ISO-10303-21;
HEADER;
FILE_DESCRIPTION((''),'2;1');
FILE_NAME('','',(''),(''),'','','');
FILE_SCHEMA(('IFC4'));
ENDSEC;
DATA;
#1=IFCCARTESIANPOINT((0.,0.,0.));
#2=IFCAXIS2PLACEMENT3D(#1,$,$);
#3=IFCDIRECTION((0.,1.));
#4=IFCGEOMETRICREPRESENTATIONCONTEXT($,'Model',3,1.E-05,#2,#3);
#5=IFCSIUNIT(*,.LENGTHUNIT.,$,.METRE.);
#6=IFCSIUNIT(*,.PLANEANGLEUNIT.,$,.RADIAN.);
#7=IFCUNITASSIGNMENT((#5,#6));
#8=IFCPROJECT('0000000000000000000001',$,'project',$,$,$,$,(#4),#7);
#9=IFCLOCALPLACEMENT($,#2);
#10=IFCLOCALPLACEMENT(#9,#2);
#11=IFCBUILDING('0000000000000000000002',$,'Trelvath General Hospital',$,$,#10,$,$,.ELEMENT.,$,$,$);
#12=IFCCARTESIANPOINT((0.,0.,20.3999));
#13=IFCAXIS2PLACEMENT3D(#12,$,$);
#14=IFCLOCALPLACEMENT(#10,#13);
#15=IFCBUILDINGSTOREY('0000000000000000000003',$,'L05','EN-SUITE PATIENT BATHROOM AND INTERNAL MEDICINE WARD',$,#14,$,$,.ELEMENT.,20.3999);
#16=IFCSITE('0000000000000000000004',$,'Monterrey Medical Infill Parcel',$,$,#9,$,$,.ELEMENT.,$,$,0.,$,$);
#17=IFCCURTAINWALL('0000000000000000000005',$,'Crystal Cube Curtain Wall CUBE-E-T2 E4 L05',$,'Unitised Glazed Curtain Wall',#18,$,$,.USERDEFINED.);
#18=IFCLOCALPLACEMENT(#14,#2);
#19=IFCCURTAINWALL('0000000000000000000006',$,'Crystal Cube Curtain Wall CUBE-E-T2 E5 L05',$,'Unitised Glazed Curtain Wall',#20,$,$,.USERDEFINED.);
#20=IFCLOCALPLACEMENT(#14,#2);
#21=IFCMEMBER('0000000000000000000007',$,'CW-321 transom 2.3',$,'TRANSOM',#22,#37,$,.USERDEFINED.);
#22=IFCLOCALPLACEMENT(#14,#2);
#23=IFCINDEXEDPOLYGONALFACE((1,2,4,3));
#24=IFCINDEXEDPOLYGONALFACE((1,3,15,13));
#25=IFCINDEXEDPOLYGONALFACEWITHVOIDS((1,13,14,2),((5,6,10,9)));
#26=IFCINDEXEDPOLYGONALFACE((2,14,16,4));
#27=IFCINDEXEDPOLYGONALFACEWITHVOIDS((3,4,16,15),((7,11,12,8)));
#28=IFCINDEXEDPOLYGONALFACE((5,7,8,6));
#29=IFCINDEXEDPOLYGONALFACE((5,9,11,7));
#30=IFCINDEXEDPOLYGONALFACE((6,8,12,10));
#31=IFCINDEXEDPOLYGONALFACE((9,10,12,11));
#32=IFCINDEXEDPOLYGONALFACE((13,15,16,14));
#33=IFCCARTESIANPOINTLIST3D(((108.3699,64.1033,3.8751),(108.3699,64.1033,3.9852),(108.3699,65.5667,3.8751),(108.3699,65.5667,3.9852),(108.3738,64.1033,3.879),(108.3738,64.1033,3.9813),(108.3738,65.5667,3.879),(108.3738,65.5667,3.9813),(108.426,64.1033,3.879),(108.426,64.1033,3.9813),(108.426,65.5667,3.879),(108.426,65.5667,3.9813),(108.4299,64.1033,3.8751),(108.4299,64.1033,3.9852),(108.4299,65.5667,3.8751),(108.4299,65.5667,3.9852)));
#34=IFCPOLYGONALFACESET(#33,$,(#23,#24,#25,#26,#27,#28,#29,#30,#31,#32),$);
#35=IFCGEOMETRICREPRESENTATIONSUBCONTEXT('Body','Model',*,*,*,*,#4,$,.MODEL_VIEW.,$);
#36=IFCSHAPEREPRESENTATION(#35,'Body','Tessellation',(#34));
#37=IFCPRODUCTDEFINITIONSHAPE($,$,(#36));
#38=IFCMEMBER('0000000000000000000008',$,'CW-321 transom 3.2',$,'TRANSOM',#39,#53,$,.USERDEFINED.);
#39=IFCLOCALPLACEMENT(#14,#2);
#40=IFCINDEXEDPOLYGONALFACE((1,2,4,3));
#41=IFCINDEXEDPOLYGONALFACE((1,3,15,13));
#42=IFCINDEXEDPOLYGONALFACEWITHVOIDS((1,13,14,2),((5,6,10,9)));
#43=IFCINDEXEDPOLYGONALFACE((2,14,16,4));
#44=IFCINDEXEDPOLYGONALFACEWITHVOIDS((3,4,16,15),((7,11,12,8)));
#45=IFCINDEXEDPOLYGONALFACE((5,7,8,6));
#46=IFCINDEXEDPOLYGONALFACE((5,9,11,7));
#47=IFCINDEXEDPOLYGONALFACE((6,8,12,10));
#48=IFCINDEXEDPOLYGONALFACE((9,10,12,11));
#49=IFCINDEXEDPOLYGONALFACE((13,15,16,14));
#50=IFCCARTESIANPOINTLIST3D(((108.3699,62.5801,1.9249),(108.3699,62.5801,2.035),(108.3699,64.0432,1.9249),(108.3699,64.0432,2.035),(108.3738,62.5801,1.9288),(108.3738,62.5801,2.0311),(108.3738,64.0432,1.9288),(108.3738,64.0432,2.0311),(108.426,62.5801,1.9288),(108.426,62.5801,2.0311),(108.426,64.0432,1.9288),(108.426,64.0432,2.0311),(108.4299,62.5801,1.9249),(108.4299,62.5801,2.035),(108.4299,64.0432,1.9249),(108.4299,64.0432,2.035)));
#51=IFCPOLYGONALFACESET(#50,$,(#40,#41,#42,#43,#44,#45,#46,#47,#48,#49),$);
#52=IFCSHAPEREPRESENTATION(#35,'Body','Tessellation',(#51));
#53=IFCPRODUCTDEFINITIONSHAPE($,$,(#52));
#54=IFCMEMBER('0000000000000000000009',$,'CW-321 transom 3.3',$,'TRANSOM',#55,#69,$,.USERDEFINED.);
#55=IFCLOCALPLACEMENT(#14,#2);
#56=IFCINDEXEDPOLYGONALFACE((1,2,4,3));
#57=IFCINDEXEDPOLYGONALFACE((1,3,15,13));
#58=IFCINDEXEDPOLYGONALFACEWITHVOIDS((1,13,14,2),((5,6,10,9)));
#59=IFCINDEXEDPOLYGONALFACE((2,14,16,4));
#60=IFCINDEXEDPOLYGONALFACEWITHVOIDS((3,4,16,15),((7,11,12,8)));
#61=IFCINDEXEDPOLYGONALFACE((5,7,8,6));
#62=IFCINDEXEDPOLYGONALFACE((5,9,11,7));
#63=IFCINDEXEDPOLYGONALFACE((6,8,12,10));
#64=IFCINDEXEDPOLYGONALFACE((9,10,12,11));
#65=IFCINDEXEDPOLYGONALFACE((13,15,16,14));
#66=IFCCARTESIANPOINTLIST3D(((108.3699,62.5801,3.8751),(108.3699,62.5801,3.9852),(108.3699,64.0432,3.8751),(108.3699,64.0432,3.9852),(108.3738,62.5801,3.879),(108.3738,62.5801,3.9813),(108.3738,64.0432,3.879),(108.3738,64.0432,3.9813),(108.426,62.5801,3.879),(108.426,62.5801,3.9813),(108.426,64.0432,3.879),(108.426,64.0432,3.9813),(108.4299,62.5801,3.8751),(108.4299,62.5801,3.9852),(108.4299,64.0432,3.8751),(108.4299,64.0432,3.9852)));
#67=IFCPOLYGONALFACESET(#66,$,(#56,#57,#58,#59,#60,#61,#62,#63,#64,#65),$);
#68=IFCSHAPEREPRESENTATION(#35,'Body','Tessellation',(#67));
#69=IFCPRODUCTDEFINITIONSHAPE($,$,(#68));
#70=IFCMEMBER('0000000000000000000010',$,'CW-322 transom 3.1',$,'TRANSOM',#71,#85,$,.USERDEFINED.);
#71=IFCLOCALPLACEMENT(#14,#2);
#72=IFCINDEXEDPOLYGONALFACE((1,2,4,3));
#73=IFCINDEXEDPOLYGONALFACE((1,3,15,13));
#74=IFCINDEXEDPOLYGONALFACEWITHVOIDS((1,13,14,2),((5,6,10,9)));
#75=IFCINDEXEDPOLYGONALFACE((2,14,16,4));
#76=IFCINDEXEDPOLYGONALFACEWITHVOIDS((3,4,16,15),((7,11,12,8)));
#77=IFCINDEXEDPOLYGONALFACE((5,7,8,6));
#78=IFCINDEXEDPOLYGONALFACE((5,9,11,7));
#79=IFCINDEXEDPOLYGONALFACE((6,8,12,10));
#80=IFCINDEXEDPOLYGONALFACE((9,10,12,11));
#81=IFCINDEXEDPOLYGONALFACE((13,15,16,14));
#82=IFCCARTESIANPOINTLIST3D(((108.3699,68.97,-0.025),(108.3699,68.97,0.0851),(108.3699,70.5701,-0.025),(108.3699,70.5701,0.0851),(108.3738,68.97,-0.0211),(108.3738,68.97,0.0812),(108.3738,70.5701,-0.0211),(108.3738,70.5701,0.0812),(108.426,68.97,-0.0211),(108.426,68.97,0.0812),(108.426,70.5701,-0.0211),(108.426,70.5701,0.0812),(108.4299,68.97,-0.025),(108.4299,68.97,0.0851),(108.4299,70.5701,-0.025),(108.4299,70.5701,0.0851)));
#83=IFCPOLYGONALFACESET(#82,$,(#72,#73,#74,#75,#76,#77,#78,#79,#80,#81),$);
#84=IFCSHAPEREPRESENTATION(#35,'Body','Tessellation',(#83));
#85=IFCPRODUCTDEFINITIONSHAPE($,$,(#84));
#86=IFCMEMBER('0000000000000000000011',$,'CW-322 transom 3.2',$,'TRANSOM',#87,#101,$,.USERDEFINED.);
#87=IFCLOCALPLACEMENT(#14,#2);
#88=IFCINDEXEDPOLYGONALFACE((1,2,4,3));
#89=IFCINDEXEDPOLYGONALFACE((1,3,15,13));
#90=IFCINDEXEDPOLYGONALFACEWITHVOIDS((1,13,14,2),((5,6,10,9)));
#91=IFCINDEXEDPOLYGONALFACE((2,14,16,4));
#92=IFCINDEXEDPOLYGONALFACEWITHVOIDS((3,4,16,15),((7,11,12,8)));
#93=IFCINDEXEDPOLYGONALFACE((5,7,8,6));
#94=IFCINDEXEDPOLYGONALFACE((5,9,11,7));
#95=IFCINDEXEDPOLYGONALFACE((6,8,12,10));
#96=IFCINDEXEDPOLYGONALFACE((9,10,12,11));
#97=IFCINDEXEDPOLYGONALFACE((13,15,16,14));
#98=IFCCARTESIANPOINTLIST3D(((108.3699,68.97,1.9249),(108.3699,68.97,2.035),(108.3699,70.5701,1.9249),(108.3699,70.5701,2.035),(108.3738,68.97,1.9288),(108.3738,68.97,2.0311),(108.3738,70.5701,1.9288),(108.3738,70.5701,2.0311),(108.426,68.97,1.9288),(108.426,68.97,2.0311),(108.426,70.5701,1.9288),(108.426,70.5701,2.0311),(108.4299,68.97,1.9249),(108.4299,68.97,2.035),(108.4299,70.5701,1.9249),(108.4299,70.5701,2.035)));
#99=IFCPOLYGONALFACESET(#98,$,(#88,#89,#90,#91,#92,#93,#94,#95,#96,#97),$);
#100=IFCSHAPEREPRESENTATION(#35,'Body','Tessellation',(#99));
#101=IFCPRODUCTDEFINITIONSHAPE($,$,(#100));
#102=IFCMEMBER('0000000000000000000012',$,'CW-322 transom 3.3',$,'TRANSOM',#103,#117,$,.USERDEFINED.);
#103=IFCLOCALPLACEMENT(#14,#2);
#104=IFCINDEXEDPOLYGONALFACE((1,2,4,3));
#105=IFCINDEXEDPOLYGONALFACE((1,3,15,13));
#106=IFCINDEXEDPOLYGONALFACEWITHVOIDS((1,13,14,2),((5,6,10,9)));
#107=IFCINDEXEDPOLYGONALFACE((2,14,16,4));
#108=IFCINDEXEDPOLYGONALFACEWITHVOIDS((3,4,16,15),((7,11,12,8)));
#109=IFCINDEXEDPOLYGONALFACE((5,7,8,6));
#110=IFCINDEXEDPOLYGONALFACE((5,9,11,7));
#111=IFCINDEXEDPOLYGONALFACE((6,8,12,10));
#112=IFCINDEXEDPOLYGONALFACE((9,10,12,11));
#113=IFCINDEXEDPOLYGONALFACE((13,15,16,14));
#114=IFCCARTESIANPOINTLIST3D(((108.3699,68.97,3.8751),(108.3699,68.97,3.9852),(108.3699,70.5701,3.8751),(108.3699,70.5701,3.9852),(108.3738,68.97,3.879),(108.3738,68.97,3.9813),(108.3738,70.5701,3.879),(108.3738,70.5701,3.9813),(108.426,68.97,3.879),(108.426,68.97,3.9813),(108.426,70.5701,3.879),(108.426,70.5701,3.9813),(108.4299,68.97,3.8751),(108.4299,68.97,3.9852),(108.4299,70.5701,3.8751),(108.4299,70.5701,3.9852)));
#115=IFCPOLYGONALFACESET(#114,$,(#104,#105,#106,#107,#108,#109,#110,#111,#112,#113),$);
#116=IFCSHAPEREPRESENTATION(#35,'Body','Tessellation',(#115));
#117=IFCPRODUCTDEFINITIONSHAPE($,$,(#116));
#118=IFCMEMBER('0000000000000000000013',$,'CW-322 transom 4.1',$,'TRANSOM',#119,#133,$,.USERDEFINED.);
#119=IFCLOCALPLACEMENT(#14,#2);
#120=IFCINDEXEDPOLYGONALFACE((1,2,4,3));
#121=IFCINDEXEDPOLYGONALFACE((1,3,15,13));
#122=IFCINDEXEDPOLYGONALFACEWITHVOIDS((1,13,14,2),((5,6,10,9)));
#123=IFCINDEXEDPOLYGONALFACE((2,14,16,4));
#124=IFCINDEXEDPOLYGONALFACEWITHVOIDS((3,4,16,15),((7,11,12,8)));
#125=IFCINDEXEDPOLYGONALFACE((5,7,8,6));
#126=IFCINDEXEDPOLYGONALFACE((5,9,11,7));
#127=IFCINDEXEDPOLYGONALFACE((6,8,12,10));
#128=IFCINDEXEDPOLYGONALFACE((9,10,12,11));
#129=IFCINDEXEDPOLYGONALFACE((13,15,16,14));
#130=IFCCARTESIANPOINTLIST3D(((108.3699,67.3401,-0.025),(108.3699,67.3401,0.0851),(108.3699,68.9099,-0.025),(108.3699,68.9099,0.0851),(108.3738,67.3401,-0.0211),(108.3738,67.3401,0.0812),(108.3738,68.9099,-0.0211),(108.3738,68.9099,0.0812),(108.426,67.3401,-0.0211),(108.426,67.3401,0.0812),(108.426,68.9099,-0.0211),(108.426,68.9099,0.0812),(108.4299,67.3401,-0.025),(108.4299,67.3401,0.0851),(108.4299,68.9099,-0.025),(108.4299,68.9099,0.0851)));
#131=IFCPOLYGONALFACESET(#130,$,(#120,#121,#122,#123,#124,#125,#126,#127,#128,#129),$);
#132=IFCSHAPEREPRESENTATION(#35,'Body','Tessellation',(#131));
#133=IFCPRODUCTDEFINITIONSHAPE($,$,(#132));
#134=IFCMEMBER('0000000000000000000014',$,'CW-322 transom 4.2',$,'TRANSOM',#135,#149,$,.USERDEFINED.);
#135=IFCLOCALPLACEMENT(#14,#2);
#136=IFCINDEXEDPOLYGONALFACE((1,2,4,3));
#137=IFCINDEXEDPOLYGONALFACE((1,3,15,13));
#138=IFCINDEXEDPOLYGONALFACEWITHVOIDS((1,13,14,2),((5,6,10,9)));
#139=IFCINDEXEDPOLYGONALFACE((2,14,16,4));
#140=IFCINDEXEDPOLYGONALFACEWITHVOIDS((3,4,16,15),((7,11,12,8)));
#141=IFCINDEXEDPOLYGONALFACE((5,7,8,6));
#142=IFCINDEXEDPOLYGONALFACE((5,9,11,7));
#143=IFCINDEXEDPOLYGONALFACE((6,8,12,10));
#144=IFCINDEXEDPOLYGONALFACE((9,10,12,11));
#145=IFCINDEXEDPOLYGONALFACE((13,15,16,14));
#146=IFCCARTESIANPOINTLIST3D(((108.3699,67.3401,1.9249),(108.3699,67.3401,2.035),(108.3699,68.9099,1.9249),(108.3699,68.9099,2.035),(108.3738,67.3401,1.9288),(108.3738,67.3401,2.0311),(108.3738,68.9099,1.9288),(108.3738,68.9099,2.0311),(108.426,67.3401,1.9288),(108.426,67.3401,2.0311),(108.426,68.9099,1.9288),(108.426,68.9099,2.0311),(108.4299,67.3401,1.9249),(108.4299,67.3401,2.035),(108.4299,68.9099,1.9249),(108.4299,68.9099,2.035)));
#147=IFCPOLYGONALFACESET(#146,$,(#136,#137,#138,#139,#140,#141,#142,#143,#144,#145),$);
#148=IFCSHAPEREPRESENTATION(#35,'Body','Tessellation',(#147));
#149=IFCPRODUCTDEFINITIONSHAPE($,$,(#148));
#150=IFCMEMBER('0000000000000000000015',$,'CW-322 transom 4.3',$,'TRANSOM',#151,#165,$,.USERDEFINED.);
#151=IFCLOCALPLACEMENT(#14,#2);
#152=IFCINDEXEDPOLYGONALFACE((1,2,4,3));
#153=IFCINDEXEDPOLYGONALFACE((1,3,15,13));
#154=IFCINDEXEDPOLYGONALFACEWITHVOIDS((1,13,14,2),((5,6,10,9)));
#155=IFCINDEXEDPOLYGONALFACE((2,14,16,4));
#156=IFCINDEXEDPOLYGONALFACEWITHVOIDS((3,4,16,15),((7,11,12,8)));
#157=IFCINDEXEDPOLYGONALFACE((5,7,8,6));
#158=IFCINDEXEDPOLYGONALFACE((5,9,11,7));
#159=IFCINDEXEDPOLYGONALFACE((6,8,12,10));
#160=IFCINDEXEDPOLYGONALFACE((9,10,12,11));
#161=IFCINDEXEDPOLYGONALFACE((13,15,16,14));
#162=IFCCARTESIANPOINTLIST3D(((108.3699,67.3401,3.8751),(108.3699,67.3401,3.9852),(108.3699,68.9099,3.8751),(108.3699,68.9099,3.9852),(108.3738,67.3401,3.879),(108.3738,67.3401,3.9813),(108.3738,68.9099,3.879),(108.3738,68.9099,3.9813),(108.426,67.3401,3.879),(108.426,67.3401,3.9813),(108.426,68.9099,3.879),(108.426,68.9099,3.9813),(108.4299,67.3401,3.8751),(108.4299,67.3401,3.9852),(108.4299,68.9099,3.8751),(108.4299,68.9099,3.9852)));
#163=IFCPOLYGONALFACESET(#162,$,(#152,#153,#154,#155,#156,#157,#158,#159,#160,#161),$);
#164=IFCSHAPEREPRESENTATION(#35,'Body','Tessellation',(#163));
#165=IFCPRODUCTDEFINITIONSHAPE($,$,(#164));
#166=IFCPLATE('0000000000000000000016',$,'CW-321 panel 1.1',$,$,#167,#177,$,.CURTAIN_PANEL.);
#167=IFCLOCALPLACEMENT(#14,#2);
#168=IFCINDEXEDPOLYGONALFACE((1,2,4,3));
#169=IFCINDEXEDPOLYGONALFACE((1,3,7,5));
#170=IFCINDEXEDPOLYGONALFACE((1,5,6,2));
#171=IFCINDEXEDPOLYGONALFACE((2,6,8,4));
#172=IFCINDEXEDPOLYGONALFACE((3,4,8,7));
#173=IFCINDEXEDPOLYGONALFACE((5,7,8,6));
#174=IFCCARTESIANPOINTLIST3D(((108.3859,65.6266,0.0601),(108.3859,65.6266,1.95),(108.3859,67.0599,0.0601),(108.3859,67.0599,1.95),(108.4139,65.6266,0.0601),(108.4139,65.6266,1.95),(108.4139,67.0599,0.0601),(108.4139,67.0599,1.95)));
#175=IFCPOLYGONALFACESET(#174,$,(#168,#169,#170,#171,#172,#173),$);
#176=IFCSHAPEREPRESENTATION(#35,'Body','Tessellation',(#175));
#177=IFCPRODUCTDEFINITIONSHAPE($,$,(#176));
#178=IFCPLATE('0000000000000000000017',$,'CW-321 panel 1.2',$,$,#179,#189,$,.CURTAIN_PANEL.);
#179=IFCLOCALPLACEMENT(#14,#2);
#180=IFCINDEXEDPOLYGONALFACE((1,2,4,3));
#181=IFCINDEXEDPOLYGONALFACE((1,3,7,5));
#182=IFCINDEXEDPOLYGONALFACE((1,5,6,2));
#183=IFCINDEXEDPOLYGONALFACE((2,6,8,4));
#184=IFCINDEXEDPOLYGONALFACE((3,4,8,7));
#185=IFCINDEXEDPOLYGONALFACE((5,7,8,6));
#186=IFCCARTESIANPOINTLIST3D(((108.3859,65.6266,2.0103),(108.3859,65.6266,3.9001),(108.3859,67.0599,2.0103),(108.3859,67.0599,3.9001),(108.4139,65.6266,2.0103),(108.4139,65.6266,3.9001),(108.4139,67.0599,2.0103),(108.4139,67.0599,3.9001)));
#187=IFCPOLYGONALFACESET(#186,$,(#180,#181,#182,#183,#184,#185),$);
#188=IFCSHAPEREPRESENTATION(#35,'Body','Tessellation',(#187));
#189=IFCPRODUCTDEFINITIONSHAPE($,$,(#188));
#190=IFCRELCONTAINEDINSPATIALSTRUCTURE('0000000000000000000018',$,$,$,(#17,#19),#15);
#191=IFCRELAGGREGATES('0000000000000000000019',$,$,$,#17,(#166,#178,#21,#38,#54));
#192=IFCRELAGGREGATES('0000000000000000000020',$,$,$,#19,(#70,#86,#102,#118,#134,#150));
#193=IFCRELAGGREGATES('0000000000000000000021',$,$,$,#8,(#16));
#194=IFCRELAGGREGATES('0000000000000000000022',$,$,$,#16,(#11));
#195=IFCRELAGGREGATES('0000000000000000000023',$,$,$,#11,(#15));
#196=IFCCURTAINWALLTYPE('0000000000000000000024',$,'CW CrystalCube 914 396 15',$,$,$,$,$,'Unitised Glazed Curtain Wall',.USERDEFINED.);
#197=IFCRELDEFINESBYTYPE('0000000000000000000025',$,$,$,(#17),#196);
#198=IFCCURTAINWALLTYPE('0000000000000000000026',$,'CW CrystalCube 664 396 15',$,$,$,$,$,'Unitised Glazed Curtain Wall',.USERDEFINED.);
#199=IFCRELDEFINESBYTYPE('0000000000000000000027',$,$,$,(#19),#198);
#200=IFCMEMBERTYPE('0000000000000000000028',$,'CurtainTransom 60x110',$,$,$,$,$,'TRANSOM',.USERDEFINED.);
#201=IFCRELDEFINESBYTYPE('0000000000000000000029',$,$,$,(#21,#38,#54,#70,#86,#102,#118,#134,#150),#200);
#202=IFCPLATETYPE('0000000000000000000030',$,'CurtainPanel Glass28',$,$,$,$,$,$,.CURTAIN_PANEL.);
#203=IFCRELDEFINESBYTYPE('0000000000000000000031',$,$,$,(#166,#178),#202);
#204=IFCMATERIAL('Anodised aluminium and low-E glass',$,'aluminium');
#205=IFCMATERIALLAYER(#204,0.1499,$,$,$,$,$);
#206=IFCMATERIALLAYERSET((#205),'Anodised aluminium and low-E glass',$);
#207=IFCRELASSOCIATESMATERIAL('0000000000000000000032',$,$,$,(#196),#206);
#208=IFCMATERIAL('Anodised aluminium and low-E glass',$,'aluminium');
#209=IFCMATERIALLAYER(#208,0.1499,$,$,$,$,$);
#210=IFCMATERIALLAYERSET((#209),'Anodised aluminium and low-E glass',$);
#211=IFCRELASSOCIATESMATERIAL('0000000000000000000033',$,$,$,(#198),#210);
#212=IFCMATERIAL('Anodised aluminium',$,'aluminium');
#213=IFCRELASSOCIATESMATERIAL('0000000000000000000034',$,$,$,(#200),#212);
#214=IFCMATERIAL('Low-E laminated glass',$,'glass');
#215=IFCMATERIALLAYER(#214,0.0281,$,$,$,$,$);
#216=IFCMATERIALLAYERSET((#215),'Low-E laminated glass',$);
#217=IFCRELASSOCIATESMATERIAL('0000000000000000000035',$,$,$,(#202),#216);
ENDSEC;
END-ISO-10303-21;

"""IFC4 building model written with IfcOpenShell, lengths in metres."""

from ifc_helpers import new_model, si_unit, direction, frame, origin, origin_2d, place, context, subcontext, project, spatial, rectangle, hollow_rectangle, extrude, material, layer, layer_set, material_profile, profile_set, type_object, element, aggregate, save


model = new_model("IFC4")

# Units and contexts
model_context = context("Model", 3, precision=1e-05, world=origin(), true_north=direction((0.0, 1.0)))
body_context = subcontext(model_context, "Body", "Model", "MODEL_VIEW")
ifc_project = project(units=[si_unit("LENGTHUNIT", "METRE"), si_unit("PLANEANGLEUNIT", "RADIAN")], contexts=[model_context])

# Site, building, storey
site_placement = place(None, origin())
site = spatial("IfcSite", under=ifc_project, at=site_placement, Name="Monterrey Medical Infill Parcel", CompositionType="ELEMENT", RefElevation=0.0)
building_placement = place(site_placement, origin())
building = spatial("IfcBuilding", under=site, at=building_placement, Name="Trelvath General Hospital", CompositionType="ELEMENT")
storey_placement = place(building_placement, frame((0.0, 0.0, 20.3999)))
storey = spatial("IfcBuildingStorey", under=building, at=storey_placement, Name="L05", Description="EN-SUITE PATIENT BATHROOM AND INTERNAL MEDICINE WARD", CompositionType="ELEMENT", Elevation=20.3999)

# Curtain walls
ifc_material_1 = material(Name="Anodised aluminium and low-E glass", Category="aluminium")
ifc_layer_1 = layer(ifc_material_1, 0.1499)
ifc_layer_set_1 = layer_set([ifc_layer_1], Name="Anodised aluminium and low-E glass")
curtain_wall_type_1 = type_object("IfcCurtainWallType", Name="CW CrystalCube 914 396 15", ElementType="Unitised Glazed Curtain Wall", PredefinedType="USERDEFINED", material=ifc_layer_set_1)
curtain_wall_1_placement = place(storey_placement, origin())
curtain_wall_1 = element("IfcCurtainWall", 1, at=curtain_wall_1_placement, inside=storey, type_object=curtain_wall_type_1, Name="Crystal Cube Curtain Wall CUBE-E-T2 E4 L05", ObjectType="Unitised Glazed Curtain Wall", PredefinedType="USERDEFINED")
ifc_material_2 = material(Name="Anodised aluminium and low-E glass", Category="aluminium")
ifc_layer_2 = layer(ifc_material_2, 0.1499)
ifc_layer_set_2 = layer_set([ifc_layer_2], Name="Anodised aluminium and low-E glass")
curtain_wall_type_2 = type_object("IfcCurtainWallType", Name="CW CrystalCube 664 396 15", ElementType="Unitised Glazed Curtain Wall", PredefinedType="USERDEFINED", material=ifc_layer_set_2)
curtain_wall_2_placement = place(storey_placement, origin())
curtain_wall_2 = element("IfcCurtainWall", 2, at=curtain_wall_2_placement, inside=storey, type_object=curtain_wall_type_2, Name="Crystal Cube Curtain Wall CUBE-E-T2 E5 L05", ObjectType="Unitised Glazed Curtain Wall", PredefinedType="USERDEFINED")

# Members
ifc_material_3 = material(Name="Anodised aluminium", Category="aluminium")
ifc_material_profile_1 = material_profile(ifc_material_3, hollow_rectangle(XDim=0.0601, YDim=0.1101, WallThickness=0.0039, at=origin_2d()), Name="RHS60x110x4")
ifc_profile_set_1 = profile_set([ifc_material_profile_1], Name="Anodised aluminium")
member_type_1 = type_object("IfcMemberType", Name="CurtainTransom 60x110", ElementType="TRANSOM", PredefinedType="USERDEFINED", material=ifc_profile_set_1)
member_1_placement = place(storey_placement, frame((108.3999, 65.5667, 3.9302), z_axis=(0.0, -1.0, 0.0), x_axis=(1.0, 0.0, 0.0)))
member_1 = element("IfcMember", 3, at=member_1_placement, type_object=member_type_1, Name="CW-321 transom 2.3", ObjectType="TRANSOM", PredefinedType="USERDEFINED", context=body_context, shape_type="SweptSolid", body=[
    extrude(hollow_rectangle(XDim=0.0601, YDim=0.1101, WallThickness=0.0039, at=origin_2d()), origin(), (0.0, 0.0, 1.0), 1.4634),
])
member_2_placement = place(storey_placement, frame((108.3999, 64.0432, 1.98), z_axis=(0.0, -1.0, 0.0), x_axis=(1.0, 0.0, 0.0)))
member_2 = element("IfcMember", 4, at=member_2_placement, type_object=member_type_1, Name="CW-321 transom 3.2", ObjectType="TRANSOM", PredefinedType="USERDEFINED", context=body_context, shape_type="SweptSolid", body=[
    extrude(hollow_rectangle(XDim=0.0601, YDim=0.1101, WallThickness=0.0039, at=origin_2d()), origin(), (0.0, 0.0, 1.0), 1.4631),
])
member_3_placement = place(storey_placement, frame((108.3999, 64.0432, 3.9302), z_axis=(0.0, -1.0, 0.0), x_axis=(1.0, 0.0, 0.0)))
member_3 = element("IfcMember", 5, at=member_3_placement, type_object=member_type_1, Name="CW-321 transom 3.3", ObjectType="TRANSOM", PredefinedType="USERDEFINED", context=body_context, shape_type="SweptSolid", body=[
    extrude(hollow_rectangle(XDim=0.0601, YDim=0.1101, WallThickness=0.0039, at=origin_2d()), origin(), (0.0, 0.0, 1.0), 1.4631),
])
member_4_placement = place(storey_placement, frame((108.3999, 70.5701, 0.03), z_axis=(0.0, -1.0, 0.0), x_axis=(1.0, 0.0, 0.0)))
member_4 = element("IfcMember", 6, at=member_4_placement, type_object=member_type_1, Name="CW-322 transom 3.1", ObjectType="TRANSOM", PredefinedType="USERDEFINED", context=body_context, shape_type="SweptSolid", body=[
    extrude(hollow_rectangle(XDim=0.0601, YDim=0.1101, WallThickness=0.0039, at=origin_2d()), origin(), (0.0, 0.0, 1.0), 1.6001),
])
member_5_placement = place(storey_placement, frame((108.3999, 70.5701, 1.98), z_axis=(0.0, -1.0, 0.0), x_axis=(1.0, 0.0, 0.0)))
member_5 = element("IfcMember", 7, at=member_5_placement, type_object=member_type_1, Name="CW-322 transom 3.2", ObjectType="TRANSOM", PredefinedType="USERDEFINED", context=body_context, shape_type="SweptSolid", body=[
    extrude(hollow_rectangle(XDim=0.0601, YDim=0.1101, WallThickness=0.0039, at=origin_2d()), origin(), (0.0, 0.0, 1.0), 1.6001),
])
member_6_placement = place(storey_placement, frame((108.3999, 70.5701, 3.9302), z_axis=(0.0, -1.0, 0.0), x_axis=(1.0, 0.0, 0.0)))
member_6 = element("IfcMember", 8, at=member_6_placement, type_object=member_type_1, Name="CW-322 transom 3.3", ObjectType="TRANSOM", PredefinedType="USERDEFINED", context=body_context, shape_type="SweptSolid", body=[
    extrude(hollow_rectangle(XDim=0.0601, YDim=0.1101, WallThickness=0.0039, at=origin_2d()), origin(), (0.0, 0.0, 1.0), 1.6001),
])
member_7_placement = place(storey_placement, frame((108.3999, 68.9099, 0.03), z_axis=(0.0, -1.0, 0.0), x_axis=(1.0, 0.0, 0.0)))
member_7 = element("IfcMember", 9, at=member_7_placement, type_object=member_type_1, Name="CW-322 transom 4.1", ObjectType="TRANSOM", PredefinedType="USERDEFINED", context=body_context, shape_type="SweptSolid", body=[
    extrude(hollow_rectangle(XDim=0.0601, YDim=0.1101, WallThickness=0.0039, at=origin_2d()), origin(), (0.0, 0.0, 1.0), 1.5698),
])
member_8_placement = place(storey_placement, frame((108.3999, 68.9099, 1.98), z_axis=(0.0, -1.0, 0.0), x_axis=(1.0, 0.0, 0.0)))
member_8 = element("IfcMember", 10, at=member_8_placement, type_object=member_type_1, Name="CW-322 transom 4.2", ObjectType="TRANSOM", PredefinedType="USERDEFINED", context=body_context, shape_type="SweptSolid", body=[
    extrude(hollow_rectangle(XDim=0.0601, YDim=0.1101, WallThickness=0.0039, at=origin_2d()), origin(), (0.0, 0.0, 1.0), 1.5698),
])
member_9_placement = place(storey_placement, frame((108.3999, 68.9099, 3.9302), z_axis=(0.0, -1.0, 0.0), x_axis=(1.0, 0.0, 0.0)))
member_9 = element("IfcMember", 11, at=member_9_placement, type_object=member_type_1, Name="CW-322 transom 4.3", ObjectType="TRANSOM", PredefinedType="USERDEFINED", context=body_context, shape_type="SweptSolid", body=[
    extrude(hollow_rectangle(XDim=0.0601, YDim=0.1101, WallThickness=0.0039, at=origin_2d()), origin(), (0.0, 0.0, 1.0), 1.5698),
])

# Plates
ifc_material_4 = material(Name="Low-E laminated glass", Category="glass")
ifc_layer_3 = layer(ifc_material_4, 0.0281)
ifc_layer_set_3 = layer_set([ifc_layer_3], Name="Low-E laminated glass")
plate_type = type_object("IfcPlateType", Name="CurtainPanel Glass28", PredefinedType="CURTAIN_PANEL", material=ifc_layer_set_3)
plate_1_placement = place(storey_placement, frame((108.3999, 66.3433, 0.0601), z_axis=(0.0, 0.0, 1.0), x_axis=(0.0, -1.0, 0.0)))
plate_1 = element("IfcPlate", 12, at=plate_1_placement, type_object=plate_type, Name="CW-321 panel 1.1", PredefinedType="CURTAIN_PANEL", context=body_context, shape_type="SweptSolid", body=[
    extrude(rectangle(XDim=1.4333, YDim=0.0281, at=origin_2d()), origin(), (0.0, 0.0, 1.0), 1.8899),
])
plate_2_placement = place(storey_placement, frame((108.3999, 66.3433, 2.0103), z_axis=(0.0, 0.0, 1.0), x_axis=(0.0, -1.0, 0.0)))
plate_2 = element("IfcPlate", 13, at=plate_2_placement, type_object=plate_type, Name="CW-321 panel 1.2", PredefinedType="CURTAIN_PANEL", context=body_context, shape_type="SweptSolid", body=[
    extrude(rectangle(XDim=1.4333, YDim=0.0281, at=origin_2d()), origin(), (0.0, 0.0, 1.0), 1.8899),
])
aggregate(curtain_wall_1, [plate_1, plate_2, member_1, member_2, member_3])
aggregate(curtain_wall_2, [member_4, member_5, member_6, member_7, member_8, member_9])

save(model, "model.ifc")
